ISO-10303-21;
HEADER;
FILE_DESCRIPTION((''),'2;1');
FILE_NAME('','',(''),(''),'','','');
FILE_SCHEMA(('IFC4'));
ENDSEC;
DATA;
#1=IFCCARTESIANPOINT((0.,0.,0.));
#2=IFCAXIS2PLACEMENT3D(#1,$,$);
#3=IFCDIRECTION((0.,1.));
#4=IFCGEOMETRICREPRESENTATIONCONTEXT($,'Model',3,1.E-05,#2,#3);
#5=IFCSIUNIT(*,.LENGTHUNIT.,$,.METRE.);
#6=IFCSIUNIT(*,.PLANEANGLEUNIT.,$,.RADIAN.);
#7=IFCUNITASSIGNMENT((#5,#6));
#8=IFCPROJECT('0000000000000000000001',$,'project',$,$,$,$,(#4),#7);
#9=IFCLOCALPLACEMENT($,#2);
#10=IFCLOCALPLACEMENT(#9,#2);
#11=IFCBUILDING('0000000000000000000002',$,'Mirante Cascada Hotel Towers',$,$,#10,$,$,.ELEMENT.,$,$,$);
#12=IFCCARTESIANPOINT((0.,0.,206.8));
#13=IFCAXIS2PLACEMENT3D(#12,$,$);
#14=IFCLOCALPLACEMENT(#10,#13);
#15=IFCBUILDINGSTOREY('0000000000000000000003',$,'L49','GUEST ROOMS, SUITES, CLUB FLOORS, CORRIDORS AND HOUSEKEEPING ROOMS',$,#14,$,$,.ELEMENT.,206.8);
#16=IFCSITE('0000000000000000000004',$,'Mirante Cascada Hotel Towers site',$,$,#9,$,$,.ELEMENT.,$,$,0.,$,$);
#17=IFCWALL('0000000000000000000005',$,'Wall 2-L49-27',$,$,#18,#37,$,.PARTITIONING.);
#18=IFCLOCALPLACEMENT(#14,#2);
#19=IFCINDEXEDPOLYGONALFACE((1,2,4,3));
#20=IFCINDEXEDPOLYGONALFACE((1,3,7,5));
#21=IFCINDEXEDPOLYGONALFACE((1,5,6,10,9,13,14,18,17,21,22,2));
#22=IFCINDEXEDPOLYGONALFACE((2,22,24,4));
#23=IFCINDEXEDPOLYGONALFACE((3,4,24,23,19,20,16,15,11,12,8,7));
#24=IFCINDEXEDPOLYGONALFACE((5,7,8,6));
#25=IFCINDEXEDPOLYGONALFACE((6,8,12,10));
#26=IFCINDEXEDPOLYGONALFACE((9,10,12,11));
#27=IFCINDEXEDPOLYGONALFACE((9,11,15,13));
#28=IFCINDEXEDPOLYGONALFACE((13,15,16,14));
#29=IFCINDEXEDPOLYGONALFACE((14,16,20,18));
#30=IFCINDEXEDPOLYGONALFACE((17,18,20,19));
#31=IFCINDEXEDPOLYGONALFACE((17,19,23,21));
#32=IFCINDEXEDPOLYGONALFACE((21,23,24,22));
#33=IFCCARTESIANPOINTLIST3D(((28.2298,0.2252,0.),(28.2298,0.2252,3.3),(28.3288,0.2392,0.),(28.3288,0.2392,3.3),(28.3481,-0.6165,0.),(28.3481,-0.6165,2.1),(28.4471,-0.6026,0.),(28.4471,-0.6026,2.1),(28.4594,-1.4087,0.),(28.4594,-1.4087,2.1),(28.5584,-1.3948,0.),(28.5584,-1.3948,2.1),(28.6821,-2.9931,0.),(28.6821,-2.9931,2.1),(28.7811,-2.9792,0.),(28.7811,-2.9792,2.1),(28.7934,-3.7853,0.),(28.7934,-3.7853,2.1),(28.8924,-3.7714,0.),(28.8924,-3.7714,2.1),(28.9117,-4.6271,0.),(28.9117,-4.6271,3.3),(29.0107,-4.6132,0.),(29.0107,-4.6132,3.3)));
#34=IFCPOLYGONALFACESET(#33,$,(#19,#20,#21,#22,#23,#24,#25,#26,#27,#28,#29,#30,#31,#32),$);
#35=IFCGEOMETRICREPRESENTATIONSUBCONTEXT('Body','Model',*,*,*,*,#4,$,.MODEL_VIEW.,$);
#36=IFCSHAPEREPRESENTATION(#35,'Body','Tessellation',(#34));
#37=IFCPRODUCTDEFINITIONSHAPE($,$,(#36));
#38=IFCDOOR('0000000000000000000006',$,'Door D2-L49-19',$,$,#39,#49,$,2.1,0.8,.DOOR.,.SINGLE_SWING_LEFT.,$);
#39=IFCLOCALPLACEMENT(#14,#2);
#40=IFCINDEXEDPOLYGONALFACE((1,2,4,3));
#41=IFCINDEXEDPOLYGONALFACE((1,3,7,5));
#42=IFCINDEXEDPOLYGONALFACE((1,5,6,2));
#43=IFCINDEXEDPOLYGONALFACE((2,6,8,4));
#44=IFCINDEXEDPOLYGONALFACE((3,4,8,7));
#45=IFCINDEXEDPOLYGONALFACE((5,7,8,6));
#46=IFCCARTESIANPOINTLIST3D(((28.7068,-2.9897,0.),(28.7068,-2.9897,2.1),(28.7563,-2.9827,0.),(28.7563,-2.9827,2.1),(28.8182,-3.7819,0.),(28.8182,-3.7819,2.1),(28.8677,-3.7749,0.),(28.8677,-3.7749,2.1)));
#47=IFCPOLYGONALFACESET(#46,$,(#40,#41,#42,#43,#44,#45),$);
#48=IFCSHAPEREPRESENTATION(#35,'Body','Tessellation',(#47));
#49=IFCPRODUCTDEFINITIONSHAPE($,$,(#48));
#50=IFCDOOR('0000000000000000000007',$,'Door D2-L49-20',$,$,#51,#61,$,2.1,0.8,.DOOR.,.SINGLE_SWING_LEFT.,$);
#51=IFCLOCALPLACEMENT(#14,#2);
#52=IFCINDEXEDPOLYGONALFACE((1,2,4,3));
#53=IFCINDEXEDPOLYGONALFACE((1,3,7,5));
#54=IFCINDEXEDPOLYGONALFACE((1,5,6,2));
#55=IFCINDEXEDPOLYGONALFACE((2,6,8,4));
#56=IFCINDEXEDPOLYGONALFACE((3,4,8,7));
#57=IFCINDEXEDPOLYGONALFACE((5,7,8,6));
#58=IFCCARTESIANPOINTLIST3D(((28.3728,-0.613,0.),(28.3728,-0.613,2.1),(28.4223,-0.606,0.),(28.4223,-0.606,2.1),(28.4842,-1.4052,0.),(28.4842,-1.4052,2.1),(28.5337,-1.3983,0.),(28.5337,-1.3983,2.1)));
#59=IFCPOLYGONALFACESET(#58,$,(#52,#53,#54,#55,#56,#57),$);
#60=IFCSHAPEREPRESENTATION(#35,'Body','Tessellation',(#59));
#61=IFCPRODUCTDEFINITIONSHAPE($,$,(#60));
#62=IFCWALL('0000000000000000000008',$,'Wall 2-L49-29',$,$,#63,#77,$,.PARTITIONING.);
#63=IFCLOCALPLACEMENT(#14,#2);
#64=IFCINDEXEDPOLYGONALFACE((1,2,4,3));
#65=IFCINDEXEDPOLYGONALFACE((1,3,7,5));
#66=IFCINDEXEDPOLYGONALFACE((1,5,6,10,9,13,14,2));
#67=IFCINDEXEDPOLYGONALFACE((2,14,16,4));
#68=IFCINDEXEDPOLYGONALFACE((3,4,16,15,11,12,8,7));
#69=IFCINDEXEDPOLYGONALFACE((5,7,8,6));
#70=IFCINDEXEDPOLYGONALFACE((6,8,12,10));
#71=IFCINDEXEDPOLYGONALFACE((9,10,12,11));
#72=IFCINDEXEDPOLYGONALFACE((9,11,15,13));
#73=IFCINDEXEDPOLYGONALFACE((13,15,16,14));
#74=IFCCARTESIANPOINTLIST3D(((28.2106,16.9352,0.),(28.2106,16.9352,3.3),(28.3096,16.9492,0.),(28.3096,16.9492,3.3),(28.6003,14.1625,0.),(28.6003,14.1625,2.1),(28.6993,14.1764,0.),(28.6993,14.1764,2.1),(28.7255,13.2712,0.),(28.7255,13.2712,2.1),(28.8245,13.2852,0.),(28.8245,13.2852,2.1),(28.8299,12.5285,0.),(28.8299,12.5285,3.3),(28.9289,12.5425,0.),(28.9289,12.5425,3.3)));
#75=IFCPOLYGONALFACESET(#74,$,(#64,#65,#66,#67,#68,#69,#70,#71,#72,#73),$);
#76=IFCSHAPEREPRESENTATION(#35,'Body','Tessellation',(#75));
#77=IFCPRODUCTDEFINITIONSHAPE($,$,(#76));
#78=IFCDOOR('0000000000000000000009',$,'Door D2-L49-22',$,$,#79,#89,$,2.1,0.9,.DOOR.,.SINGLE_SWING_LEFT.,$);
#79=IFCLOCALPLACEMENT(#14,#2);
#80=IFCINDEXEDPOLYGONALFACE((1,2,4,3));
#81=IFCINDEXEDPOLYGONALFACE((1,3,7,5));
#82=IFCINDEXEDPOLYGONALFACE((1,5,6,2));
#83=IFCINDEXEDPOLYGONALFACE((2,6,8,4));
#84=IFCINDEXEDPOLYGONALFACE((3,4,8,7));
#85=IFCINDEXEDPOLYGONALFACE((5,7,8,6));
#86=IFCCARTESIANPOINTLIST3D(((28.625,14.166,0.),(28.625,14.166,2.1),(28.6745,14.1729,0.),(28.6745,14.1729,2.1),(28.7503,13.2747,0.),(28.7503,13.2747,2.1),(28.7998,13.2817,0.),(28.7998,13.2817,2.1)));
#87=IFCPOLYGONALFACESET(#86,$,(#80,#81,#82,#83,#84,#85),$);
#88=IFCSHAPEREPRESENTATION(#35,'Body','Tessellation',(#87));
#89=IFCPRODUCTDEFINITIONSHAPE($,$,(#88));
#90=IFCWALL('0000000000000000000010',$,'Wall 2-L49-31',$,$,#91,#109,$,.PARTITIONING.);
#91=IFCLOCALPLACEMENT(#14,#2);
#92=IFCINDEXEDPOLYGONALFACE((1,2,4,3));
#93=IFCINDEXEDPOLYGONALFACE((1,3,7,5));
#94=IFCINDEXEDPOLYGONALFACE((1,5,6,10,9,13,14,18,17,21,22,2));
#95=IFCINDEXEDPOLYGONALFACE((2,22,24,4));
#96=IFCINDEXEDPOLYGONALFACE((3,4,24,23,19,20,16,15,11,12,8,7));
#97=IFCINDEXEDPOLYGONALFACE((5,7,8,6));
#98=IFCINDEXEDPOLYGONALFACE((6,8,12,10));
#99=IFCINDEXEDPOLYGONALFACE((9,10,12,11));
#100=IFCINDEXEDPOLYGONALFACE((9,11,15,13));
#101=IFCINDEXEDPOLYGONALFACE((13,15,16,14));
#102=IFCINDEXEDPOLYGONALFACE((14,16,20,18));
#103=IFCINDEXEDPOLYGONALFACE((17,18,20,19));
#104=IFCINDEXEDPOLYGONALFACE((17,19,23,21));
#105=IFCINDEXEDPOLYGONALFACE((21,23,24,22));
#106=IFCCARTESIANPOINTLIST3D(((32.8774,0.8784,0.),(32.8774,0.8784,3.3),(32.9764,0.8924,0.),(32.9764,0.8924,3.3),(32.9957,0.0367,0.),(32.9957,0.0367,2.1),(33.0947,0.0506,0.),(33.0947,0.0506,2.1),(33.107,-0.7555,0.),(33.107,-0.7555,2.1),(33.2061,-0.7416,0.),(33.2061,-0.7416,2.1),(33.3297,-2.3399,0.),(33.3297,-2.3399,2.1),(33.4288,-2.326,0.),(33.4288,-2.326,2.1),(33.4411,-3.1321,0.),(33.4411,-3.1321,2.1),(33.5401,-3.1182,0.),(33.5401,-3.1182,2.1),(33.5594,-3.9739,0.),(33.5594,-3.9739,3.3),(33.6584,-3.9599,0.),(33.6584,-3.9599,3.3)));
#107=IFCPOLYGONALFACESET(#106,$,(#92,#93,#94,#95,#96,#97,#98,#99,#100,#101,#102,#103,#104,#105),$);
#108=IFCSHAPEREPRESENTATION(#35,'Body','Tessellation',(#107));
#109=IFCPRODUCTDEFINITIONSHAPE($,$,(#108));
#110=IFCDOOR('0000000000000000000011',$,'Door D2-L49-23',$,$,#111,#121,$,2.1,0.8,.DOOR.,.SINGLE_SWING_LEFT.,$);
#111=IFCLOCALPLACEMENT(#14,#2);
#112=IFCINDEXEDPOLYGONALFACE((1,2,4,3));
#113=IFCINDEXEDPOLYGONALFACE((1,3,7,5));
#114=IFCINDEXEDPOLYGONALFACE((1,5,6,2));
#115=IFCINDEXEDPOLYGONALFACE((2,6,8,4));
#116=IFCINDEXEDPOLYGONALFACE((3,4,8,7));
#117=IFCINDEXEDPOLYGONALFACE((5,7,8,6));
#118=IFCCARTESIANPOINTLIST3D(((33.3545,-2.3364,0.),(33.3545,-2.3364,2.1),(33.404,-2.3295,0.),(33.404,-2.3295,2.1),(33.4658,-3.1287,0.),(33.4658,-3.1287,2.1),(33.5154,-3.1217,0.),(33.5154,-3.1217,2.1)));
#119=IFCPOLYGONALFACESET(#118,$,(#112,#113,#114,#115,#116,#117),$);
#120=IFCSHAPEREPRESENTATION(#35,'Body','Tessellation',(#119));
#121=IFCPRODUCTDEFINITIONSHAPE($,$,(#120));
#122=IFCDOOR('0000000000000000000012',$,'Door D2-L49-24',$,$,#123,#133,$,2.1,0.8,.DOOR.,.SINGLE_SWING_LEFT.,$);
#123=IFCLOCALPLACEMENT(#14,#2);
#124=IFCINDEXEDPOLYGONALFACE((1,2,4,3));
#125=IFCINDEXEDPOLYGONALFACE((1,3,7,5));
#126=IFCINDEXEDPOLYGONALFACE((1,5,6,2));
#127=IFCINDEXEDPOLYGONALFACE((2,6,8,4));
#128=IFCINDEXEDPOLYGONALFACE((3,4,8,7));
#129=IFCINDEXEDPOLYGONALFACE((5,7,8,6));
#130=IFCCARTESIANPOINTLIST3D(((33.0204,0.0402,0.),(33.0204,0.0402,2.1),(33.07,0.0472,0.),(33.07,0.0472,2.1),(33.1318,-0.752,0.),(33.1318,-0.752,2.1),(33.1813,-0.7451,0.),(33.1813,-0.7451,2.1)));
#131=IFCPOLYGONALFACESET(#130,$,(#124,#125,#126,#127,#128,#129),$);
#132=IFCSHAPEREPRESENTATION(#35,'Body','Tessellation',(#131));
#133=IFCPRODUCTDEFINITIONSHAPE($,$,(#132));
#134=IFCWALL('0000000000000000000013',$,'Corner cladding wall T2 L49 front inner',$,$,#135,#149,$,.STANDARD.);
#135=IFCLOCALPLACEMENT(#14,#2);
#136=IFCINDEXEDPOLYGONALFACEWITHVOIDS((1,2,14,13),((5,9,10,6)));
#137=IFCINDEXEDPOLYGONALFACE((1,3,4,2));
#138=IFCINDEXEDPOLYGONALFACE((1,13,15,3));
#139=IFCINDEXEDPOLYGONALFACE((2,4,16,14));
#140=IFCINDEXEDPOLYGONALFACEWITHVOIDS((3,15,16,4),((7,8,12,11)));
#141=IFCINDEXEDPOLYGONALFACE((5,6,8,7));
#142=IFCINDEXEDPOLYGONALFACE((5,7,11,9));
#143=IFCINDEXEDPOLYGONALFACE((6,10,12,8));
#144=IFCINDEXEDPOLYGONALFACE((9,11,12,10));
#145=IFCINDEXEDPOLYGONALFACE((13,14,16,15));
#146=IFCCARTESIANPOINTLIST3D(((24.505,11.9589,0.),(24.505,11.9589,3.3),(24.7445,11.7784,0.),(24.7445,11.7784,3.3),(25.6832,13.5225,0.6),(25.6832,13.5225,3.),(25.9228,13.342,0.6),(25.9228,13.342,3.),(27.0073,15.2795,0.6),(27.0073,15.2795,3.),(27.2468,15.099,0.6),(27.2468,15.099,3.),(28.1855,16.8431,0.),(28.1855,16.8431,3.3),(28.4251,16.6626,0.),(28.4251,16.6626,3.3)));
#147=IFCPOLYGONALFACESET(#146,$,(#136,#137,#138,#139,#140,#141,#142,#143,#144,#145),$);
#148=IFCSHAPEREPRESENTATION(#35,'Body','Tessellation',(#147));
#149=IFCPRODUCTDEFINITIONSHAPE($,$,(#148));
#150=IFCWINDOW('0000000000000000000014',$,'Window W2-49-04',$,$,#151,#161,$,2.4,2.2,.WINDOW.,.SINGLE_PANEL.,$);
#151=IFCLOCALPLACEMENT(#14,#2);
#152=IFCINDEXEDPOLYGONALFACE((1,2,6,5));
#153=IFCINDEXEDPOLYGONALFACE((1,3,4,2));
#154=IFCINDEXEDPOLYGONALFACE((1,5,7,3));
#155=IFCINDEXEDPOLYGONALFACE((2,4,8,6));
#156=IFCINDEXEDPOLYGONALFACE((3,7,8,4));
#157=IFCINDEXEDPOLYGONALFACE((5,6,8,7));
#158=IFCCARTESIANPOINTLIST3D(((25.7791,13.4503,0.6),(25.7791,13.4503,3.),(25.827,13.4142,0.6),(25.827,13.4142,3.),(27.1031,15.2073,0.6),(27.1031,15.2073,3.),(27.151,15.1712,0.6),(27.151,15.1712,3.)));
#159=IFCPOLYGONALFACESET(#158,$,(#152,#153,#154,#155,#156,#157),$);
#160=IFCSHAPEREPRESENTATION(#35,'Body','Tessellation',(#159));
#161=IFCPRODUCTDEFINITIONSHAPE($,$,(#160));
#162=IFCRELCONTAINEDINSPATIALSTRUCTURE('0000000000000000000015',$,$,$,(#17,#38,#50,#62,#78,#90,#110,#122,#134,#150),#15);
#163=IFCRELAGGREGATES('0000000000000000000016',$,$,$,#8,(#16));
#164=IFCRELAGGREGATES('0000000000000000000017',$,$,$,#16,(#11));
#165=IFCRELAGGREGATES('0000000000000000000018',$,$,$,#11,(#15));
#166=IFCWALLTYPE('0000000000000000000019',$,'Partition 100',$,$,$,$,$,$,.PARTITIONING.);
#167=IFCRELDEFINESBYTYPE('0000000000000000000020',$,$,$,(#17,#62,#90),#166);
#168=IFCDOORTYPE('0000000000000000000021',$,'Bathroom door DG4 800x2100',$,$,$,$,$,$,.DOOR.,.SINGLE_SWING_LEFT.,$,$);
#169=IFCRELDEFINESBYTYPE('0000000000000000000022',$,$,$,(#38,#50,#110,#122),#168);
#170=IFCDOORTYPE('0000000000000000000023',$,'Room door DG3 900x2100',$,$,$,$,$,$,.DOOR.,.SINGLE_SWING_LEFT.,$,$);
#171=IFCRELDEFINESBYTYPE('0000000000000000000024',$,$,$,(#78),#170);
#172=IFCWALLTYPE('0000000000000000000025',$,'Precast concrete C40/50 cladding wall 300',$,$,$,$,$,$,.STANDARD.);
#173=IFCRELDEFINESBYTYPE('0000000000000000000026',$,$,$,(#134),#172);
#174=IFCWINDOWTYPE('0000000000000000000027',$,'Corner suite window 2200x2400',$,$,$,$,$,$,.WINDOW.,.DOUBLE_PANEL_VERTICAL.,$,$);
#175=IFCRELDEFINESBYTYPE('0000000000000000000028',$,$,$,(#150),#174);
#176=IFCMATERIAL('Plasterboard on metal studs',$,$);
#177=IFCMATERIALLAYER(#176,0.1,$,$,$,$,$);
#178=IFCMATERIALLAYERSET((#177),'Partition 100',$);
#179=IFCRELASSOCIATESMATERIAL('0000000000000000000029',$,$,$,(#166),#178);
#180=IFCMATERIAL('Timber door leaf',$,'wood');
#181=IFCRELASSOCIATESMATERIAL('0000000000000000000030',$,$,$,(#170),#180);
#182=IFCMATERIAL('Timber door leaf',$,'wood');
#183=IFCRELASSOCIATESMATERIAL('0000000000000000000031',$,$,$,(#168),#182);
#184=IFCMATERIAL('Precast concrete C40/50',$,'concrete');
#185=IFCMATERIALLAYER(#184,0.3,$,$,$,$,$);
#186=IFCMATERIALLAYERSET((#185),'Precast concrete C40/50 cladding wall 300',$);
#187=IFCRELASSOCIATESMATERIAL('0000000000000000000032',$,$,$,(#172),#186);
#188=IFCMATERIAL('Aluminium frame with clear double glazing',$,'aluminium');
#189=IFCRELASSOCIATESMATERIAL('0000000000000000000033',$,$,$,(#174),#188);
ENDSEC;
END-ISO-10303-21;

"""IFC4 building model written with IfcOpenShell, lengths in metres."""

from ifc_helpers import new_model, si_unit, direction, frame, frame_2d, origin, place, context, subcontext, project, spatial, rectangle, extrude, material, layer, layer_set, type_object, element, fill, save


model = new_model("IFC4")

# Units and contexts
model_context = context("Model", 3, precision=1e-05, world=origin(), true_north=direction((0.0, 1.0)))
body_context = subcontext(model_context, "Body", "Model", "MODEL_VIEW")
ifc_project = project(units=[si_unit("LENGTHUNIT", "METRE"), si_unit("PLANEANGLEUNIT", "RADIAN")], contexts=[model_context])

# Site, building, storey
site_placement = place(None, origin())
site = spatial("IfcSite", under=ifc_project, at=site_placement, Name="Mirante Cascada Hotel Towers site", CompositionType="ELEMENT", RefElevation=0.0)
building_placement = place(site_placement, origin())
building = spatial("IfcBuilding", under=site, at=building_placement, Name="Mirante Cascada Hotel Towers", CompositionType="ELEMENT")
storey_placement = place(building_placement, frame((0.0, 0.0, 206.8)))
storey = spatial("IfcBuildingStorey", under=building, at=storey_placement, Name="L49", Description="GUEST ROOMS, SUITES, CLUB FLOORS, CORRIDORS AND HOUSEKEEPING ROOMS", CompositionType="ELEMENT", Elevation=206.8)

# Shared definitions
ifc_material_1 = material(Name="Plasterboard on metal studs")
ifc_layer_1 = layer(ifc_material_1, 0.1)
ifc_layer_set_1 = layer_set([ifc_layer_1], Name="Partition 100")
wall_type_1 = type_object("IfcWallType", Name="Partition 100", PredefinedType="PARTITIONING", material=ifc_layer_set_1)

# Shared definitions
ifc_material_2 = material(Name="Timber door leaf", Category="wood")
door_type_1 = type_object("IfcDoorType", Name="Room door DG3 900x2100", OperationType="SINGLE_SWING_LEFT", PredefinedType="DOOR", material=ifc_material_2)

# Wall, openings, doors
wall_1_placement = place(storey_placement, frame((28.2793, 0.2322, 0.0), z_axis=(0.0, 0.0, 1.0), x_axis=(0.139164, -0.990269, 0.0)))
wall_1 = element("IfcWall", 1, at=wall_1_placement, inside=storey, type_object=wall_type_1, Name="Wall 2-L49-27", PredefinedType="PARTITIONING", context=body_context, shape_type="SweptSolid", body=[
    extrude(rectangle(XDim=4.9, YDim=0.1, at=frame_2d((2.45, 0.0))), origin(), (0.0, 0.0, 1.0), 3.3),
])
opening_1_placement = place(wall_1_placement, frame((3.25, 0.0, 0.0)))
opening_1 = element("IfcOpeningElement", 2, at=opening_1_placement, cuts=wall_1, PredefinedType="OPENING", context=body_context, shape_type="SweptSolid", body=[
    extrude(rectangle(XDim=0.8, YDim=2.1, at=frame_2d((0.4, 1.05))), frame((0.0, 0.05, 0.0), z_axis=(0.0, -1.0, 0.0), x_axis=(1.0, 0.0, 0.0)), (0.0, 0.0, 1.0), 0.1),
])
opening_2_placement = place(wall_1_placement, frame((0.85, 0.0, 0.0)))
opening_2 = element("IfcOpeningElement", 3, at=opening_2_placement, cuts=wall_1, PredefinedType="OPENING", context=body_context, shape_type="SweptSolid", body=[
    extrude(rectangle(XDim=0.8, YDim=2.1, at=frame_2d((0.4, 1.05))), frame((0.0, 0.05, 0.0), z_axis=(0.0, -1.0, 0.0), x_axis=(1.0, 0.0, 0.0)), (0.0, 0.0, 1.0), 0.1),
])
ifc_material_3 = material(Name="Timber door leaf", Category="wood")
door_type_2 = type_object("IfcDoorType", Name="Bathroom door DG4 800x2100", OperationType="SINGLE_SWING_LEFT", PredefinedType="DOOR", material=ifc_material_3)
door_1_placement = place(opening_1_placement, origin())
door_1 = element("IfcDoor", 4, at=door_1_placement, inside=storey, type_object=door_type_2, Name="Door D2-L49-19", OperationType="SINGLE_SWING_LEFT", OverallHeight=2.1, OverallWidth=0.8, PredefinedType="DOOR", context=body_context, shape_type="SweptSolid", body=[
    extrude(rectangle(XDim=0.8, YDim=2.1, at=frame_2d((0.4, 1.05))), frame((0.0, 0.025, 0.0), z_axis=(0.0, -1.0, 0.0), x_axis=(1.0, 0.0, 0.0)), (0.0, 0.0, 1.0), 0.05),
])
fill(opening_1, door_1)
door_2_placement = place(opening_2_placement, origin())
door_2 = element("IfcDoor", 5, at=door_2_placement, inside=storey, type_object=door_type_2, Name="Door D2-L49-20", OperationType="SINGLE_SWING_LEFT", OverallHeight=2.1, OverallWidth=0.8, PredefinedType="DOOR", context=body_context, shape_type="SweptSolid", body=[
    extrude(rectangle(XDim=0.8, YDim=2.1, at=frame_2d((0.4, 1.05))), frame((0.0, 0.025, 0.0), z_axis=(0.0, -1.0, 0.0), x_axis=(1.0, 0.0, 0.0)), (0.0, 0.0, 1.0), 0.05),
])
fill(opening_2, door_2)

# Wall, opening, door
wall_2_placement = place(storey_placement, frame((28.2601, 16.9422, 0.0), z_axis=(0.0, 0.0, 1.0), x_axis=(0.139168, -0.990269, 0.0)))
wall_2 = element("IfcWall", 6, at=wall_2_placement, inside=storey, type_object=wall_type_1, Name="Wall 2-L49-29", PredefinedType="PARTITIONING", context=body_context, shape_type="SweptSolid", body=[
    extrude(rectangle(XDim=4.45, YDim=0.1, at=frame_2d((2.225, 0.0))), origin(), (0.0, 0.0, 1.0), 3.3),
])
opening_3_placement = place(wall_2_placement, frame((2.8, 0.0, 0.0)))
opening_3 = element("IfcOpeningElement", 7, at=opening_3_placement, cuts=wall_2, PredefinedType="OPENING", context=body_context, shape_type="SweptSolid", body=[
    extrude(rectangle(XDim=0.9, YDim=2.1, at=frame_2d((0.45, 1.05))), frame((0.0, 0.05, 0.0), z_axis=(0.0, -1.0, 0.0), x_axis=(1.0, 0.0, 0.0)), (0.0, 0.0, 1.0), 0.1),
])
door_3_placement = place(opening_3_placement, origin())
door_3 = element("IfcDoor", 8, at=door_3_placement, inside=storey, type_object=door_type_1, Name="Door D2-L49-22", OperationType="SINGLE_SWING_LEFT", OverallHeight=2.1, OverallWidth=0.9, PredefinedType="DOOR", context=body_context, shape_type="SweptSolid", body=[
    extrude(rectangle(XDim=0.9, YDim=2.1, at=frame_2d((0.45, 1.05))), frame((0.0, 0.025, 0.0), z_axis=(0.0, -1.0, 0.0), x_axis=(1.0, 0.0, 0.0)), (0.0, 0.0, 1.0), 0.05),
])
fill(opening_3, door_3)

# Wall, openings, doors
wall_3_placement = place(storey_placement, frame((32.9269, 0.8854, 0.0), z_axis=(0.0, 0.0, 1.0), x_axis=(0.139184, -0.990267, 0.0)))
wall_3 = element("IfcWall", 9, at=wall_3_placement, inside=storey, type_object=wall_type_1, Name="Wall 2-L49-31", PredefinedType="PARTITIONING", context=body_context, shape_type="SweptSolid", body=[
    extrude(rectangle(XDim=4.9, YDim=0.1, at=frame_2d((2.45, 0.0))), origin(), (0.0, 0.0, 1.0), 3.3),
])
opening_4_placement = place(wall_3_placement, frame((3.25, 0.0, 0.0)))
opening_4 = element("IfcOpeningElement", 10, at=opening_4_placement, cuts=wall_3, PredefinedType="OPENING", context=body_context, shape_type="SweptSolid", body=[
    extrude(rectangle(XDim=0.8, YDim=2.1, at=frame_2d((0.4, 1.05))), frame((0.0, 0.05, 0.0), z_axis=(0.0, -1.0, 0.0), x_axis=(1.0, 0.0, 0.0)), (0.0, 0.0, 1.0), 0.1),
])
opening_5_placement = place(wall_3_placement, frame((0.85, 0.0, 0.0)))
opening_5 = element("IfcOpeningElement", 11, at=opening_5_placement, cuts=wall_3, PredefinedType="OPENING", context=body_context, shape_type="SweptSolid", body=[
    extrude(rectangle(XDim=0.8, YDim=2.1, at=frame_2d((0.4, 1.05))), frame((0.0, 0.05, 0.0), z_axis=(0.0, -1.0, 0.0), x_axis=(1.0, 0.0, 0.0)), (0.0, 0.0, 1.0), 0.1),
])
door_4_placement = place(opening_4_placement, origin())
door_4 = element("IfcDoor", 12, at=door_4_placement, inside=storey, type_object=door_type_2, Name="Door D2-L49-23", OperationType="SINGLE_SWING_LEFT", OverallHeight=2.1, OverallWidth=0.8, PredefinedType="DOOR", context=body_context, shape_type="SweptSolid", body=[
    extrude(rectangle(XDim=0.8, YDim=2.1, at=frame_2d((0.4, 1.05))), frame((0.0, 0.025, 0.0), z_axis=(0.0, -1.0, 0.0), x_axis=(1.0, 0.0, 0.0)), (0.0, 0.0, 1.0), 0.05),
])
fill(opening_4, door_4)
door_5_placement = place(opening_5_placement, origin())
door_5 = element("IfcDoor", 13, at=door_5_placement, inside=storey, type_object=door_type_2, Name="Door D2-L49-24", OperationType="SINGLE_SWING_LEFT", OverallHeight=2.1, OverallWidth=0.8, PredefinedType="DOOR", context=body_context, shape_type="SweptSolid", body=[
    extrude(rectangle(XDim=0.8, YDim=2.1, at=frame_2d((0.4, 1.05))), frame((0.0, 0.025, 0.0), z_axis=(0.0, -1.0, 0.0), x_axis=(1.0, 0.0, 0.0)), (0.0, 0.0, 1.0), 0.05),
])
fill(opening_5, door_5)

# Wall, opening, window
ifc_material_4 = material(Name="Precast concrete C40/50", Category="concrete")
ifc_layer_2 = layer(ifc_material_4, 0.3)
ifc_layer_set_2 = layer_set([ifc_layer_2], Name="Precast concrete C40/50 cladding wall 300")
wall_type_2 = type_object("IfcWallType", Name="Precast concrete C40/50 cladding wall 300", PredefinedType="STANDARD", material=ifc_layer_set_2)
wall_4_placement = place(storey_placement, frame((28.3053, 16.7528, 0.0), z_axis=(0.0, 0.0, 1.0), x_axis=(-0.601824, -0.798628, 0.0)))
wall_4 = element("IfcWall", 14, at=wall_4_placement, inside=storey, type_object=wall_type_2, Name="Corner cladding wall T2 L49 front inner", PredefinedType="STANDARD", context=body_context, shape_type="SweptSolid", body=[
    extrude(rectangle(XDim=6.1157, YDim=0.3, at=frame_2d((3.0578, 0.0))), origin(), (0.0, 0.0, 1.0), 3.3),
])
opening_6_placement = place(wall_4_placement, frame((1.9578, 0.0, 0.6)))
opening_6 = element("IfcOpeningElement", 15, at=opening_6_placement, cuts=wall_4, PredefinedType="OPENING", context=body_context, shape_type="SweptSolid", body=[
    extrude(rectangle(XDim=2.2, YDim=2.4, at=frame_2d((1.1, 1.2))), frame((0.0, 0.15, 0.0), z_axis=(0.0, -1.0, 0.0), x_axis=(1.0, 0.0, 0.0)), (0.0, 0.0, 1.0), 0.3),
])
ifc_material_5 = material(Name="Aluminium frame with clear double glazing", Category="aluminium")
window_type = type_object("IfcWindowType", Name="Corner suite window 2200x2400", PartitioningType="DOUBLE_PANEL_VERTICAL", PredefinedType="WINDOW", material=ifc_material_5)
window_placement = place(opening_6_placement, origin())
window = element("IfcWindow", 16, at=window_placement, inside=storey, type_object=window_type, Name="Window W2-49-04", OverallHeight=2.4, OverallWidth=2.2, PartitioningType="SINGLE_PANEL", PredefinedType="WINDOW", context=body_context, shape_type="SweptSolid", body=[
    extrude(rectangle(XDim=2.2, YDim=2.4, at=frame_2d((1.1, 1.2))), frame((0.0, 0.03, 0.0), z_axis=(0.0, -1.0, 0.0), x_axis=(1.0, 0.0, 0.0)), (0.0, 0.0, 1.0), 0.06),
])
fill(opening_6, window)

save(model, "model.ifc")
